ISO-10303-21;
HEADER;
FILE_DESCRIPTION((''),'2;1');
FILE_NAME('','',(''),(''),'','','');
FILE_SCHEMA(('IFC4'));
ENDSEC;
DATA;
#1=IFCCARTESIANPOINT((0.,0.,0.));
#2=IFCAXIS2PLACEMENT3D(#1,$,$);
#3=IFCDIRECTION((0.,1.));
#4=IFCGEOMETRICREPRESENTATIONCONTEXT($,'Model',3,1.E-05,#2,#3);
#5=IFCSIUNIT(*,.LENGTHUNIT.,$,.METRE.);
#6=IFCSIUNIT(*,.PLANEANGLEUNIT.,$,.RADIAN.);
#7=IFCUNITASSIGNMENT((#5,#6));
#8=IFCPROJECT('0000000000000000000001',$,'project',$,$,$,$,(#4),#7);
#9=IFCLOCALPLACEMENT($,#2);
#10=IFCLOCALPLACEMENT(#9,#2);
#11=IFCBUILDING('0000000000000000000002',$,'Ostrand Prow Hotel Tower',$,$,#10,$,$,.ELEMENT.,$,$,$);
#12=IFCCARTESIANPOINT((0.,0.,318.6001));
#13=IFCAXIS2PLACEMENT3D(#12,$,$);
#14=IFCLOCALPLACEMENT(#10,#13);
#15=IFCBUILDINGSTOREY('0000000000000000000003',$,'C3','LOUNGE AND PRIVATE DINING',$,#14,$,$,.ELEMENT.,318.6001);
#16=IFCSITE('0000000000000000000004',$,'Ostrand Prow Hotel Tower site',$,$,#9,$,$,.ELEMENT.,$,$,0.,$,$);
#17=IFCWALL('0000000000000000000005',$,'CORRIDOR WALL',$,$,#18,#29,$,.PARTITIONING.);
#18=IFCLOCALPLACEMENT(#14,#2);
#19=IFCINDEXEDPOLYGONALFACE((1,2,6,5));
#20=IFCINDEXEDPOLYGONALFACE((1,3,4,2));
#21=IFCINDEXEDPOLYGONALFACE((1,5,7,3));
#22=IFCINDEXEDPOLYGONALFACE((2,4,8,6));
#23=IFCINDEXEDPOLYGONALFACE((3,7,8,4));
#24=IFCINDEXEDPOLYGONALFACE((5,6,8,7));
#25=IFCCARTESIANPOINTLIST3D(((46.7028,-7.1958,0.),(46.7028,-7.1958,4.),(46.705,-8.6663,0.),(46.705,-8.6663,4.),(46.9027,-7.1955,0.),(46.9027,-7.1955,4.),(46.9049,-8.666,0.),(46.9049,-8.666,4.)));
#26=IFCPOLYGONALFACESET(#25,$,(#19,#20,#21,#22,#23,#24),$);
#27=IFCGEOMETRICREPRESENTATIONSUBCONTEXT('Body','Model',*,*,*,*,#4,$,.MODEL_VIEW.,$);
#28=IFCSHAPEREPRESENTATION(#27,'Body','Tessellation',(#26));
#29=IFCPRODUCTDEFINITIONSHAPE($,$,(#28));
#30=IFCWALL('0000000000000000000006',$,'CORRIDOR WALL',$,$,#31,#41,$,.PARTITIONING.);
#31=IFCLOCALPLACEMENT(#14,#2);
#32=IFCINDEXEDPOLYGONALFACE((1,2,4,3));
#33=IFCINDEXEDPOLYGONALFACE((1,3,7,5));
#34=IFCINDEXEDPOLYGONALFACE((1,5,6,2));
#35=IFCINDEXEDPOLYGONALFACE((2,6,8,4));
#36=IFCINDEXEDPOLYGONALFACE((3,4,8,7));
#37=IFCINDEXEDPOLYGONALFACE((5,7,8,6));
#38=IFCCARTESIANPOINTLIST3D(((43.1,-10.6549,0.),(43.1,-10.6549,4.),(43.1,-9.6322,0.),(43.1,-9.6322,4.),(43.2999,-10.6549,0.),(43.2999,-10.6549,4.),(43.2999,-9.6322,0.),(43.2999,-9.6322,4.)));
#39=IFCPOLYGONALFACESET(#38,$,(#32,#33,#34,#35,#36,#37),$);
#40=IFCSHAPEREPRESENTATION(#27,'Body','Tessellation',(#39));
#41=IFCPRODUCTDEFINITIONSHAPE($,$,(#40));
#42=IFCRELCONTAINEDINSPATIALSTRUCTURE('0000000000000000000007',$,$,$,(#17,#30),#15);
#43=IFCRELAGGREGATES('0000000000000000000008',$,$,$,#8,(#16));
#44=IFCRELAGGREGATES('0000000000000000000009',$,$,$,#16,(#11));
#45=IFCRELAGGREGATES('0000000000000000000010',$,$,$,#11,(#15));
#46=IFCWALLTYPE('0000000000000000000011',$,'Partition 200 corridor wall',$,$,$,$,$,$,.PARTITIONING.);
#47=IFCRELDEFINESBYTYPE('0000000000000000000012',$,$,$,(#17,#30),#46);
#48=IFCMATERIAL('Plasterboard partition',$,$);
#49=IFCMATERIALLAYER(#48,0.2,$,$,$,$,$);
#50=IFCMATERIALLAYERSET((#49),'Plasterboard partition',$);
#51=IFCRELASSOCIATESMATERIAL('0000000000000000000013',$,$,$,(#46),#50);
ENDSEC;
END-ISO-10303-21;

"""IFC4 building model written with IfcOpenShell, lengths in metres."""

from ifc_helpers import new_model, si_unit, direction, frame, frame_2d, origin, place, context, subcontext, project, spatial, rectangle, extrude, material, layer, layer_set, type_object, element, save


model = new_model("IFC4")

# Units and contexts
model_context = context("Model", 3, precision=1e-05, world=origin(), true_north=direction((0.0, 1.0)))
body_context = subcontext(model_context, "Body", "Model", "MODEL_VIEW")
ifc_project = project(units=[si_unit("LENGTHUNIT", "METRE"), si_unit("PLANEANGLEUNIT", "RADIAN")], contexts=[model_context])

# Site, building, storey
site_placement = place(None, origin())
site = spatial("IfcSite", under=ifc_project, at=site_placement, Name="Ostrand Prow Hotel Tower site", CompositionType="ELEMENT", RefElevation=0.0)
building_placement = place(site_placement, origin())
building = spatial("IfcBuilding", under=site, at=building_placement, Name="Ostrand Prow Hotel Tower", CompositionType="ELEMENT")
storey_placement = place(building_placement, frame((0.0, 0.0, 318.6001)))
storey = spatial("IfcBuildingStorey", under=building, at=storey_placement, Name="C3", Description="LOUNGE AND PRIVATE DINING", CompositionType="ELEMENT", Elevation=318.6001)

# Shared definitions
ifc_material_1 = material(Name="Plasterboard partition")
ifc_layer_1 = layer(ifc_material_1, 0.2)
ifc_layer_set_1 = layer_set([ifc_layer_1], Name="Plasterboard partition")
wall_type_1 = type_object("IfcWallType", Name="Partition 200 corridor wall", PredefinedType="PARTITIONING", material=ifc_layer_set_1)

# Walls
wall_1_placement = place(storey_placement, frame((46.8049, -8.6663, 0.0), z_axis=(0.0, 0.0, 1.0), x_axis=(-0.001494, 0.999999, 0.0)))
element("IfcWall", 1, at=wall_1_placement, inside=storey, type_object=wall_type_1, Name="CORRIDOR WALL", PredefinedType="PARTITIONING", context=body_context, shape_type="SweptSolid", body=[
    extrude(rectangle(XDim=1.4705, YDim=0.2, at=frame_2d((0.7354, 0.0))), origin(), (0.0, 0.0, 1.0), 4.0),
])
wall_2_placement = place(storey_placement, frame((43.2, -10.6548, 0.0), z_axis=(0.0, 0.0, 1.0), x_axis=(0.0, 1.0, 0.0)))
element("IfcWall", 2, at=wall_2_placement, inside=storey, type_object=wall_type_1, Name="CORRIDOR WALL", PredefinedType="PARTITIONING", context=body_context, shape_type="SweptSolid", body=[
    extrude(rectangle(XDim=1.0227, YDim=0.2, at=frame_2d((0.5112, 0.0))), origin(), (0.0, 0.0, 1.0), 4.0),
])

save(model, "model.ifc")
